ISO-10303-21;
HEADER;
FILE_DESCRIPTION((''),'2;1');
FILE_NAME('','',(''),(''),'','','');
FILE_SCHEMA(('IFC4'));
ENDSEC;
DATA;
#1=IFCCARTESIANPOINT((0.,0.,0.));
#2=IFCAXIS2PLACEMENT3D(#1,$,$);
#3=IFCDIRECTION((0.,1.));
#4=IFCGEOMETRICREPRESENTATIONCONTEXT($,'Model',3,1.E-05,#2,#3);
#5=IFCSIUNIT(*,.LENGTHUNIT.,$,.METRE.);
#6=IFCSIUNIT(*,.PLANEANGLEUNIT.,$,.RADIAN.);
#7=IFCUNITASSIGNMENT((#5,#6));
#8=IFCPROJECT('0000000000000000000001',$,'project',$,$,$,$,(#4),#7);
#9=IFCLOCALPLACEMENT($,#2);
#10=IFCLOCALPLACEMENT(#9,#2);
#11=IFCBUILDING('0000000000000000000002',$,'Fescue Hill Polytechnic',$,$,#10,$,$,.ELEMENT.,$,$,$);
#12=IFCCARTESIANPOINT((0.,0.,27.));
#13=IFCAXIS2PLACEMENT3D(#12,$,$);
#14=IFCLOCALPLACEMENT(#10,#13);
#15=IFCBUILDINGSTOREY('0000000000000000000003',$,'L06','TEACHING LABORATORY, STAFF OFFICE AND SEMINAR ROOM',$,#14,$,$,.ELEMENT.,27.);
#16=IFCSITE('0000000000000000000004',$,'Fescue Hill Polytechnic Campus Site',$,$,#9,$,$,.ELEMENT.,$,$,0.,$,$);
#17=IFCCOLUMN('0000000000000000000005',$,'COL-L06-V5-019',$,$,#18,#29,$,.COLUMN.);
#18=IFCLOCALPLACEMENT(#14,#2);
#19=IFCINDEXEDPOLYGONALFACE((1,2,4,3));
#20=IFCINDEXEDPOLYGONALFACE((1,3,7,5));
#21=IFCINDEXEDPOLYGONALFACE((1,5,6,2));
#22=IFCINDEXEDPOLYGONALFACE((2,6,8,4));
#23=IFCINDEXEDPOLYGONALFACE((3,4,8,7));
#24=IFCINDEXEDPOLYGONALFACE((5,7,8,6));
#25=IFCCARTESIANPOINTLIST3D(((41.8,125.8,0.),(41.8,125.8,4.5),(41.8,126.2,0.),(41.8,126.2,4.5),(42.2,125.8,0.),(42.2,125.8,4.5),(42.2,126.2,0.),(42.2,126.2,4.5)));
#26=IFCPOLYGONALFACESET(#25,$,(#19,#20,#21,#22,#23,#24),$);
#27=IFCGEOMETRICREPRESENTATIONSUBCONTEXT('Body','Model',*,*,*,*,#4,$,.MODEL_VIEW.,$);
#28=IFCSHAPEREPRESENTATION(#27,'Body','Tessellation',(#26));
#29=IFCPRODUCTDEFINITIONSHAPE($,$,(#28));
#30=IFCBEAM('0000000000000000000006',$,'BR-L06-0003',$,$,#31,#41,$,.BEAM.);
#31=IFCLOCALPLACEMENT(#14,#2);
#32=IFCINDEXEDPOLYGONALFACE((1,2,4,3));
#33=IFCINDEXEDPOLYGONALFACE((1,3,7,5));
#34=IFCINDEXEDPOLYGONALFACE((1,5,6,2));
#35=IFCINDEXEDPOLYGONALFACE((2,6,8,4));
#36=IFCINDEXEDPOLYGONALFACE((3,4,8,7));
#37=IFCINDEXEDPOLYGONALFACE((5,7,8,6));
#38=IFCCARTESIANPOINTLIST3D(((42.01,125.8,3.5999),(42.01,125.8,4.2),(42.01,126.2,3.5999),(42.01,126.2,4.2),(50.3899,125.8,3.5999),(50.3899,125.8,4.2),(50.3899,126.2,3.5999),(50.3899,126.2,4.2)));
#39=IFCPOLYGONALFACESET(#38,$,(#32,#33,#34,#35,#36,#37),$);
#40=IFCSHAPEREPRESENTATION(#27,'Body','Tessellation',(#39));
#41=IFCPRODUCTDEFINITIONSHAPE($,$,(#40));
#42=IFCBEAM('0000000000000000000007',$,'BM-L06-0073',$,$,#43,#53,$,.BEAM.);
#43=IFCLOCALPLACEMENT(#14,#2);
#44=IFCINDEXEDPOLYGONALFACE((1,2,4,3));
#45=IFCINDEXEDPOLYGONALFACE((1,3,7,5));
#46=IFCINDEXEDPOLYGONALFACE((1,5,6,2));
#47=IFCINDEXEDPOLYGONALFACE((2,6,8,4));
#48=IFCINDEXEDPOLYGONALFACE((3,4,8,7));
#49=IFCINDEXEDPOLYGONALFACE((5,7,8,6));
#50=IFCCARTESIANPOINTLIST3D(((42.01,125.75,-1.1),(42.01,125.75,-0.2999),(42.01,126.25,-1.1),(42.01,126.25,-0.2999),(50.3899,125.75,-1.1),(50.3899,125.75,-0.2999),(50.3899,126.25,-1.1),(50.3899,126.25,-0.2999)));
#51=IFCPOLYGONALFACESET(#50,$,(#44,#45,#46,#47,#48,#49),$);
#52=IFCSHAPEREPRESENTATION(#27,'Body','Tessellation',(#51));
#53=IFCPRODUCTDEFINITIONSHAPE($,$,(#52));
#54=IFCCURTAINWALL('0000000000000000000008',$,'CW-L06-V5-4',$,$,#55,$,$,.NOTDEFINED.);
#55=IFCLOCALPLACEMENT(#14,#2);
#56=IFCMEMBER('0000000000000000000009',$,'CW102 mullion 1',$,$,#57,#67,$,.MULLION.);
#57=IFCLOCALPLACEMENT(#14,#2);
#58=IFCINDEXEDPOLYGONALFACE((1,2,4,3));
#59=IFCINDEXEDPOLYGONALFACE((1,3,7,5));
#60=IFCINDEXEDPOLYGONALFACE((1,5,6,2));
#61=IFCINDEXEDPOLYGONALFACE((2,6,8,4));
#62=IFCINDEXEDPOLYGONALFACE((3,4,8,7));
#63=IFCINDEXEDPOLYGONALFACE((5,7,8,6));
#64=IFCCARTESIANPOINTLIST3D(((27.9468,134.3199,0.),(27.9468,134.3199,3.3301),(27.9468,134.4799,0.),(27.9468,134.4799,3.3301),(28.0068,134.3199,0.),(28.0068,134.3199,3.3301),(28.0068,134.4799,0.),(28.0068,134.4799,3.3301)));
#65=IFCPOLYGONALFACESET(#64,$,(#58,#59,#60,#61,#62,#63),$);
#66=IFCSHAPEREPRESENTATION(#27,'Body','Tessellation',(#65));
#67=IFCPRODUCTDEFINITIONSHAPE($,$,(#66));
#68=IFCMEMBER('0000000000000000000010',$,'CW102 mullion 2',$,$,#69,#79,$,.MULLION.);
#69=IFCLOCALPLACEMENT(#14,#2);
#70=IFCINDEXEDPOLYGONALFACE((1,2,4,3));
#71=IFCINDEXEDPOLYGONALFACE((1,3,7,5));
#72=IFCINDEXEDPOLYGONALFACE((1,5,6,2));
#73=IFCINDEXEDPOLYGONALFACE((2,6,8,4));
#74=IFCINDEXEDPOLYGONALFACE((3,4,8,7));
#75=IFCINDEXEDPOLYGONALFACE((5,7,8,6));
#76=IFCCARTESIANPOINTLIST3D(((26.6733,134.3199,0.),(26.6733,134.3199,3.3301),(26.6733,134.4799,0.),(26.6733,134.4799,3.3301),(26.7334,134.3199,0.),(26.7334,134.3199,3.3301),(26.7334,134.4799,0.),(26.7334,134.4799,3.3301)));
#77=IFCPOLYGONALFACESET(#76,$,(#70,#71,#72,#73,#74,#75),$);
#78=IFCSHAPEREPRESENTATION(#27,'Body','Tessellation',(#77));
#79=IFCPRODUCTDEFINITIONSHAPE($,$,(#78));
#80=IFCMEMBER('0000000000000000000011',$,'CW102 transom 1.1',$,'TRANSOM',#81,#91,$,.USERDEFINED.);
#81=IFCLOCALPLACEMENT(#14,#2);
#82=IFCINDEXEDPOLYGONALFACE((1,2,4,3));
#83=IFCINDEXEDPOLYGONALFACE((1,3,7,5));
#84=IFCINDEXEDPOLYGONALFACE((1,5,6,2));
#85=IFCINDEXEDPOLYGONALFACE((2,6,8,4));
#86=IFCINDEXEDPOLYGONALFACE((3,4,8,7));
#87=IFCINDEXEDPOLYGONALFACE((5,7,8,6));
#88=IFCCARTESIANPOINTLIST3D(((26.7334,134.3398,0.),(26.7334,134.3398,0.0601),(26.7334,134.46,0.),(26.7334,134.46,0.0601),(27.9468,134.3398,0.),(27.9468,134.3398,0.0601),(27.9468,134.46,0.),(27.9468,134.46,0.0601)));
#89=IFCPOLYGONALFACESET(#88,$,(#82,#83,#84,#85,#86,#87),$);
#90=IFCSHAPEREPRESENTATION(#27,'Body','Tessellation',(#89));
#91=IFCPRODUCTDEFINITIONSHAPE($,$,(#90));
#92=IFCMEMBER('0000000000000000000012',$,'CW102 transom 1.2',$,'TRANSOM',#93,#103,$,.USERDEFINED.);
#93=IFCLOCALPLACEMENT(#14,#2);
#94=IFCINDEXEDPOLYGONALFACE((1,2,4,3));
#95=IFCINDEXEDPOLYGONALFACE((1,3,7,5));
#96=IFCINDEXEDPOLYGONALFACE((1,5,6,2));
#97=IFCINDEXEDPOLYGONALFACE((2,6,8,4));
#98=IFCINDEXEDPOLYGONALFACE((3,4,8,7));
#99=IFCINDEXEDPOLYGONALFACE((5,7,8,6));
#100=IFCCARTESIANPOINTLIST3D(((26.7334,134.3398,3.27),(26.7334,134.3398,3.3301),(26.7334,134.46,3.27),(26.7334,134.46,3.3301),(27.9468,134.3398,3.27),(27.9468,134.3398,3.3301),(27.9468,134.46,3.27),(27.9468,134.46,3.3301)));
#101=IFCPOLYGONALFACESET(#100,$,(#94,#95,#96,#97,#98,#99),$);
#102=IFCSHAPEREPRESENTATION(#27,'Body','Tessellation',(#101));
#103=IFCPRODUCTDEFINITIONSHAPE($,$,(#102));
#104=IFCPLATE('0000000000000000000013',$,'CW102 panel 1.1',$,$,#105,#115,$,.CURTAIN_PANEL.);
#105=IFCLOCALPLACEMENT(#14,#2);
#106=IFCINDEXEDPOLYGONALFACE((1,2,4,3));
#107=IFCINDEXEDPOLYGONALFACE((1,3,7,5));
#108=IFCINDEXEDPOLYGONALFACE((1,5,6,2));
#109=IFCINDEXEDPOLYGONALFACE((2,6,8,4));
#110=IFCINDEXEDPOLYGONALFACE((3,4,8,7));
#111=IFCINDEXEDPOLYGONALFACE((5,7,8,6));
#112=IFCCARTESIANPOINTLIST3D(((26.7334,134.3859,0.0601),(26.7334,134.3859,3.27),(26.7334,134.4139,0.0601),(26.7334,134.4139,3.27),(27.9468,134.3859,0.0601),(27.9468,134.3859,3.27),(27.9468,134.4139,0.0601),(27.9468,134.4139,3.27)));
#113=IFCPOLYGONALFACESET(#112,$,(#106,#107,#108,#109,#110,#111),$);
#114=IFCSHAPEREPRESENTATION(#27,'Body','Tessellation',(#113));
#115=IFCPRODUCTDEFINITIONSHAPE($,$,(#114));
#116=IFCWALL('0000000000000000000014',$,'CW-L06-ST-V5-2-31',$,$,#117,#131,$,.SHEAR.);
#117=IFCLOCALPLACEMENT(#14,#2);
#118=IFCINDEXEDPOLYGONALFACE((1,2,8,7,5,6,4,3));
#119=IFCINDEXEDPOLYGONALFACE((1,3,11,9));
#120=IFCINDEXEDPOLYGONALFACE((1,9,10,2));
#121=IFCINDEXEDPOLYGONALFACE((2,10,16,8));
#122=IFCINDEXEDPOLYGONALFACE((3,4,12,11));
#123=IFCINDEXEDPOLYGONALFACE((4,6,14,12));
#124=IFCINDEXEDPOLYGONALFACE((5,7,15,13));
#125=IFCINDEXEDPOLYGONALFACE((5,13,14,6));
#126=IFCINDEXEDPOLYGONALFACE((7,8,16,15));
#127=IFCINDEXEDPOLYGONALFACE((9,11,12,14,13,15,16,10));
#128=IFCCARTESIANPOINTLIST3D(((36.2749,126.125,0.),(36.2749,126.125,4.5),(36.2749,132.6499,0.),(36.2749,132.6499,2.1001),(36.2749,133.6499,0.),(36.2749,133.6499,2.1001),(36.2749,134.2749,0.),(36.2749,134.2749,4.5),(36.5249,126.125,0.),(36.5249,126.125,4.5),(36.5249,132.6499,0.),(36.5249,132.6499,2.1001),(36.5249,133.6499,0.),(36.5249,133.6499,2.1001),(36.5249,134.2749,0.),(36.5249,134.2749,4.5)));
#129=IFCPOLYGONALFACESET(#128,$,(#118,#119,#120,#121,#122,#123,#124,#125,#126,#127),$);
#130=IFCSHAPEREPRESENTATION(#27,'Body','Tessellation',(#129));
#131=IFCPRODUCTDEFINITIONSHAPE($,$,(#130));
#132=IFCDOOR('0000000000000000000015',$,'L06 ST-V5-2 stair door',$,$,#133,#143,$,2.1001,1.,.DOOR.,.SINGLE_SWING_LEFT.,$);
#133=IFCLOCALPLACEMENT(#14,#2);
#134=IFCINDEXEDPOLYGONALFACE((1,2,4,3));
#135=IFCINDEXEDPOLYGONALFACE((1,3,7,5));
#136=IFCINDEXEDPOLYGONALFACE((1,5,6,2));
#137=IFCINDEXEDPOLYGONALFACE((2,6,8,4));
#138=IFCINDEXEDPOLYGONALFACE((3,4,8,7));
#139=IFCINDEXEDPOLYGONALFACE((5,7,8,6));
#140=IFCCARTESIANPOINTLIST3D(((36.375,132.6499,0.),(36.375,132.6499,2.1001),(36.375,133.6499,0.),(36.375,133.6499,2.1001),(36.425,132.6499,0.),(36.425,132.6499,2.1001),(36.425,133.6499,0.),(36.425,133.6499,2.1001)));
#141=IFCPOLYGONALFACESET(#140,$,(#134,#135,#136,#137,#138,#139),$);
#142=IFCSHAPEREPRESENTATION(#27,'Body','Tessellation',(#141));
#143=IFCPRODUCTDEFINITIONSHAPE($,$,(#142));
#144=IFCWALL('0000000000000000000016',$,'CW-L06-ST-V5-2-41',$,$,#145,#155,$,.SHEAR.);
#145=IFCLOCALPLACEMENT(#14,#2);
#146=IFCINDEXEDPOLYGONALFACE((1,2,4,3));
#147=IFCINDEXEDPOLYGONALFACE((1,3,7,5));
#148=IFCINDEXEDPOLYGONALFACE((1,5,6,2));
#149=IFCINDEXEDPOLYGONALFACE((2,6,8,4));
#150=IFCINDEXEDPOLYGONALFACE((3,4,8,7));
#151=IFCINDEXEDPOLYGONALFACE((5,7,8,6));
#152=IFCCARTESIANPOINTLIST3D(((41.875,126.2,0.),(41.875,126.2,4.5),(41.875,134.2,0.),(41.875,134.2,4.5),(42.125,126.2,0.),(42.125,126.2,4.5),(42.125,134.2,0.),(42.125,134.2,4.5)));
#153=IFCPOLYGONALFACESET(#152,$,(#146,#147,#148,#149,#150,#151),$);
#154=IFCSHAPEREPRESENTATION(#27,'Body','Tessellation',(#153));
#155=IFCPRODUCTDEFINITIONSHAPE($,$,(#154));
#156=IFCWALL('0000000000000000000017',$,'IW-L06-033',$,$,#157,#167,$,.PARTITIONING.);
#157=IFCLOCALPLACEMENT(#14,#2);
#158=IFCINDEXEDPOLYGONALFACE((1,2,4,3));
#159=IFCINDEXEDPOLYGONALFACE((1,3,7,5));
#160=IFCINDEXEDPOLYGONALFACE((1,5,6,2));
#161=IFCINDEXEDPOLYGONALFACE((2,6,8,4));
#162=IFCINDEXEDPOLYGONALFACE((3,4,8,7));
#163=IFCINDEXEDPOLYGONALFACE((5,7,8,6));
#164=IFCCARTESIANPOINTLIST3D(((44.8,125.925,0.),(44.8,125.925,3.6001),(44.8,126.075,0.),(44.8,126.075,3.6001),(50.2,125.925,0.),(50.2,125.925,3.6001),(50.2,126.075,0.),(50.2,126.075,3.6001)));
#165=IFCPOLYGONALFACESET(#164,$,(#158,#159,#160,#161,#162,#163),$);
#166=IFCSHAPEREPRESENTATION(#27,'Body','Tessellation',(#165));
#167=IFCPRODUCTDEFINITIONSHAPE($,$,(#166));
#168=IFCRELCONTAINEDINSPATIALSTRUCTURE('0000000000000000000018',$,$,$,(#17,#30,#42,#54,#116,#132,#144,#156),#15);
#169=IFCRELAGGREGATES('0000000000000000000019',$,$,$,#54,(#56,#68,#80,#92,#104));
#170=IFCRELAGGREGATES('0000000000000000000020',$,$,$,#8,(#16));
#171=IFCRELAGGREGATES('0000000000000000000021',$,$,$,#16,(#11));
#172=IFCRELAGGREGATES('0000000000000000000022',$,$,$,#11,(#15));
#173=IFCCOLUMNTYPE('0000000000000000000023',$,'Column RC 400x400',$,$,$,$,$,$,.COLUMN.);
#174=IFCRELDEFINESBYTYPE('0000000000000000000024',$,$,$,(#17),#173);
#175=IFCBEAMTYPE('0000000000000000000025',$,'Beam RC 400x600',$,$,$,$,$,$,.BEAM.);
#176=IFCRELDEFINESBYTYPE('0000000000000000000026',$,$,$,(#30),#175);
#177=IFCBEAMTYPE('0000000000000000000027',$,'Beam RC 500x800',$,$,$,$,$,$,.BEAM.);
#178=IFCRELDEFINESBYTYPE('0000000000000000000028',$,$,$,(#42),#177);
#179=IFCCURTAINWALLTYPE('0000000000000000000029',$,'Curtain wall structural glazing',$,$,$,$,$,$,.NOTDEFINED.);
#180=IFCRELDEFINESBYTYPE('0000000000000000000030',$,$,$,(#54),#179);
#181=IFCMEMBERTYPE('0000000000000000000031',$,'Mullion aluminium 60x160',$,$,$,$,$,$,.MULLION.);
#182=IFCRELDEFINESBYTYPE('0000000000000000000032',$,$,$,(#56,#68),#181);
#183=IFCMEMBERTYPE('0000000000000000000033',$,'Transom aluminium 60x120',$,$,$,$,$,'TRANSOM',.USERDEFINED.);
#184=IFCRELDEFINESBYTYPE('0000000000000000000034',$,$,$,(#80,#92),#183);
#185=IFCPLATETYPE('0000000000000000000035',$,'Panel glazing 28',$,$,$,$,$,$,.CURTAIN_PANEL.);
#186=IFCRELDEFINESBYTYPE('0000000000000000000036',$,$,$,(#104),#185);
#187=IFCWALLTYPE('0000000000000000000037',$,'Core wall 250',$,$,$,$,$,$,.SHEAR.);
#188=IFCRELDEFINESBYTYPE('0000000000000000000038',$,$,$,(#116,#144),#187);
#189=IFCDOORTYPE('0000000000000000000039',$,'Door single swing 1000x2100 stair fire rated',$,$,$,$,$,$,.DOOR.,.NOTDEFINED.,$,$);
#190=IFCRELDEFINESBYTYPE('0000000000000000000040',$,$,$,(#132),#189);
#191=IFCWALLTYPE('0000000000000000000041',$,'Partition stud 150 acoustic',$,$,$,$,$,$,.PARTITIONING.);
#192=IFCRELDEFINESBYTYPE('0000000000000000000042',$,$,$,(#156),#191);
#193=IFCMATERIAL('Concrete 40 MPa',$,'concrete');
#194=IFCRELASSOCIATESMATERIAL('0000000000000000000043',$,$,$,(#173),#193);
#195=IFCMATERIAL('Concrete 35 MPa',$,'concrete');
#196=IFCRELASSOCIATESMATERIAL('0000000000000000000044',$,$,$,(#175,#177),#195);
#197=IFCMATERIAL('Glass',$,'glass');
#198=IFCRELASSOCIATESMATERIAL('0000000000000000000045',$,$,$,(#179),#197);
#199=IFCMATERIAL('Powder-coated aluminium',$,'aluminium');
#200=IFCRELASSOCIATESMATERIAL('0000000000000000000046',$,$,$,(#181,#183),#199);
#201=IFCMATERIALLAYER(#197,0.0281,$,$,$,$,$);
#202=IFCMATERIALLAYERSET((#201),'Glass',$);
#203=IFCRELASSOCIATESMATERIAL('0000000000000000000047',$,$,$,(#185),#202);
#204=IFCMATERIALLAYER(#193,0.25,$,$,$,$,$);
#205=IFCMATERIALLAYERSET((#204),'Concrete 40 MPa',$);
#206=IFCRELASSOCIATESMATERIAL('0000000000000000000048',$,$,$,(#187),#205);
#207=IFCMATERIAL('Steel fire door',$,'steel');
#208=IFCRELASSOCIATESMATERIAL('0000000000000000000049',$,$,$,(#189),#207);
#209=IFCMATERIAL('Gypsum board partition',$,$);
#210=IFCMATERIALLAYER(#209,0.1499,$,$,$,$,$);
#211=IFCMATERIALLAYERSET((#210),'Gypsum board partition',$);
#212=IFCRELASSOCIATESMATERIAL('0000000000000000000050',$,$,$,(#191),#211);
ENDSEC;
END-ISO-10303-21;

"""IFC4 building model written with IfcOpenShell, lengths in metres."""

from ifc_helpers import new_model, si_unit, direction, frame, frame_2d, origin, origin_2d, place, context, subcontext, project, spatial, rectangle, extrude, material, layer, layer_set, material_profile, profile_set, type_object, element, fill, aggregate, save


model = new_model("IFC4")

# Units and contexts
model_context = context("Model", 3, precision=1e-05, world=origin(), true_north=direction((0.0, 1.0)))
body_context = subcontext(model_context, "Body", "Model", "MODEL_VIEW")
ifc_project = project(units=[si_unit("LENGTHUNIT", "METRE"), si_unit("PLANEANGLEUNIT", "RADIAN")], contexts=[model_context])

# Site, building, storey
site_placement = place(None, origin())
site = spatial("IfcSite", under=ifc_project, at=site_placement, Name="Fescue Hill Polytechnic Campus Site", CompositionType="ELEMENT", RefElevation=0.0)
building_placement = place(site_placement, origin())
building = spatial("IfcBuilding", under=site, at=building_placement, Name="Fescue Hill Polytechnic", CompositionType="ELEMENT")
storey_placement = place(building_placement, frame((0.0, 0.0, 27.0)))
storey = spatial("IfcBuildingStorey", under=building, at=storey_placement, Name="L06", Description="TEACHING LABORATORY, STAFF OFFICE AND SEMINAR ROOM", CompositionType="ELEMENT", Elevation=27.0)

# Column
ifc_material_1 = material(Name="Concrete 40 MPa", Category="concrete")
ifc_material_profile_1 = material_profile(ifc_material_1, rectangle(XDim=0.3999, YDim=0.3999, at=origin_2d()), Name="RC 400x400")
ifc_profile_set_1 = profile_set([ifc_material_profile_1], Name="Concrete 40 MPa")
column_type = type_object("IfcColumnType", Name="Column RC 400x400", PredefinedType="COLUMN", material=ifc_profile_set_1)
column_placement = place(storey_placement, frame((42.0, 126.0, 0.0), z_axis=(0.0, 0.0, 1.0), x_axis=(1.0, 0.0, 0.0)))
element("IfcColumn", 1, at=column_placement, inside=storey, type_object=column_type, Name="COL-L06-V5-019", PredefinedType="COLUMN", context=body_context, shape_type="SweptSolid", body=[
    extrude(rectangle(XDim=0.3999, YDim=0.3999, at=origin_2d()), origin(), (0.0, 0.0, 1.0), 4.5),
])

# Beams
ifc_material_2 = material(Name="Concrete 35 MPa", Category="concrete")
ifc_material_profile_2 = material_profile(ifc_material_2, rectangle(XDim=0.3999, YDim=0.6001, at=origin_2d()), Name="RC 400x600")
ifc_profile_set_2 = profile_set([ifc_material_profile_2], Name="Concrete 35 MPa")
beam_type_1 = type_object("IfcBeamType", Name="Beam RC 400x600", PredefinedType="BEAM", material=ifc_profile_set_2)
beam_1_placement = place(storey_placement, frame((42.01, 126.0, 3.8999), z_axis=(1.0, 0.0, 0.0), x_axis=(0.0, 1.0, 0.0)))
element("IfcBeam", 2, at=beam_1_placement, inside=storey, type_object=beam_type_1, Name="BR-L06-0003", PredefinedType="BEAM", context=body_context, shape_type="SweptSolid", body=[
    extrude(rectangle(XDim=0.3999, YDim=0.6001, at=origin_2d()), origin(), (0.0, 0.0, 1.0), 8.3799),
])
ifc_material_profile_3 = material_profile(ifc_material_2, rectangle(XDim=0.5, YDim=0.8, at=origin_2d()), Name="RC 500x800")
ifc_profile_set_3 = profile_set([ifc_material_profile_3], Name="Concrete 35 MPa")
beam_type_2 = type_object("IfcBeamType", Name="Beam RC 500x800", PredefinedType="BEAM", material=ifc_profile_set_3)
beam_2_placement = place(storey_placement, frame((42.01, 126.0, -0.7), z_axis=(1.0, 0.0, 0.0), x_axis=(0.0, 1.0, 0.0)))
element("IfcBeam", 3, at=beam_2_placement, inside=storey, type_object=beam_type_2, Name="BM-L06-0073", PredefinedType="BEAM", context=body_context, shape_type="SweptSolid", body=[
    extrude(rectangle(XDim=0.5, YDim=0.8, at=origin_2d()), origin(), (0.0, 0.0, 1.0), 8.3799),
])

# Curtain wall, members, plate
ifc_material_3 = material(Name="Glass", Category="glass")
curtain_wall_type = type_object("IfcCurtainWallType", Name="Curtain wall structural glazing", PredefinedType="NOTDEFINED", material=ifc_material_3)
curtain_wall_placement = place(storey_placement, origin())
curtain_wall = element("IfcCurtainWall", 4, at=curtain_wall_placement, inside=storey, type_object=curtain_wall_type, Name="CW-L06-V5-4", PredefinedType="NOTDEFINED")
ifc_material_4 = material(Name="Powder-coated aluminium", Category="aluminium")
ifc_material_profile_4 = material_profile(ifc_material_4, rectangle(XDim=0.1599, YDim=0.0601, at=origin_2d()), Name="Mullion aluminium 60x160")
ifc_profile_set_4 = profile_set([ifc_material_profile_4], Name="Powder-coated aluminium")
member_type_1 = type_object("IfcMemberType", Name="Mullion aluminium 60x160", PredefinedType="MULLION", material=ifc_profile_set_4)
member_1_placement = place(storey_placement, frame((27.9768, 134.3999, 0.0), z_axis=(0.0, 0.0, 1.0), x_axis=(0.0, -1.0, 0.0)))
member_1 = element("IfcMember", 5, at=member_1_placement, type_object=member_type_1, Name="CW102 mullion 1", PredefinedType="MULLION", context=body_context, shape_type="SweptSolid", body=[
    extrude(rectangle(XDim=0.1599, YDim=0.0601, at=origin_2d()), origin(), (0.0, 0.0, 1.0), 3.3301),
])
member_2_placement = place(storey_placement, frame((26.7034, 134.3999, 0.0), z_axis=(0.0, 0.0, 1.0), x_axis=(0.0, -1.0, 0.0)))
member_2 = element("IfcMember", 6, at=member_2_placement, type_object=member_type_1, Name="CW102 mullion 2", PredefinedType="MULLION", context=body_context, shape_type="SweptSolid", body=[
    extrude(rectangle(XDim=0.1599, YDim=0.0601, at=origin_2d()), origin(), (0.0, 0.0, 1.0), 3.3301),
])
ifc_material_profile_5 = material_profile(ifc_material_4, rectangle(XDim=0.1201, YDim=0.0601, at=origin_2d()), Name="Transom aluminium 60x120")
ifc_profile_set_5 = profile_set([ifc_material_profile_5], Name="Powder-coated aluminium")
member_type_2 = type_object("IfcMemberType", Name="Transom aluminium 60x120", ElementType="TRANSOM", PredefinedType="USERDEFINED", material=ifc_profile_set_5)
member_3_placement = place(storey_placement, frame((27.9468, 134.3999, 0.03), z_axis=(-1.0, 0.0, 0.0), x_axis=(0.0, -1.0, 0.0)))
member_3 = element("IfcMember", 7, at=member_3_placement, type_object=member_type_2, Name="CW102 transom 1.1", ObjectType="TRANSOM", PredefinedType="USERDEFINED", context=body_context, shape_type="SweptSolid", body=[
    extrude(rectangle(XDim=0.1201, YDim=0.0601, at=origin_2d()), origin(), (0.0, 0.0, 1.0), 1.2134),
])
member_4_placement = place(storey_placement, frame((27.9468, 134.3999, 3.3), z_axis=(-1.0, 0.0, 0.0), x_axis=(0.0, -1.0, 0.0)))
member_4 = element("IfcMember", 8, at=member_4_placement, type_object=member_type_2, Name="CW102 transom 1.2", ObjectType="TRANSOM", PredefinedType="USERDEFINED", context=body_context, shape_type="SweptSolid", body=[
    extrude(rectangle(XDim=0.1201, YDim=0.0601, at=origin_2d()), origin(), (0.0, 0.0, 1.0), 1.2134),
])
ifc_layer_1 = layer(ifc_material_3, 0.0281)
ifc_layer_set_1 = layer_set([ifc_layer_1], Name="Glass")
plate_type = type_object("IfcPlateType", Name="Panel glazing 28", PredefinedType="CURTAIN_PANEL", material=ifc_layer_set_1)
plate_placement = place(storey_placement, frame((27.3401, 134.3999, 0.0601), z_axis=(0.0, 0.0, 1.0), x_axis=(-1.0, 0.0, 0.0)))
plate = element("IfcPlate", 9, at=plate_placement, type_object=plate_type, Name="CW102 panel 1.1", PredefinedType="CURTAIN_PANEL", context=body_context, shape_type="SweptSolid", body=[
    extrude(rectangle(XDim=1.2134, YDim=0.0281, at=origin_2d()), origin(), (0.0, 0.0, 1.0), 3.21),
])
aggregate(curtain_wall, [member_1, member_2, member_3, member_4, plate])

# Wall, opening, door
ifc_layer_2 = layer(ifc_material_1, 0.25)
ifc_layer_set_2 = layer_set([ifc_layer_2], Name="Concrete 40 MPa")
wall_type_1 = type_object("IfcWallType", Name="Core wall 250", PredefinedType="SHEAR", material=ifc_layer_set_2)
wall_1_placement = place(storey_placement, frame((36.3999, 126.125, 0.0), z_axis=(0.0, 0.0, 1.0), x_axis=(0.0, 1.0, 0.0)))
wall_1 = element("IfcWall", 10, at=wall_1_placement, inside=storey, type_object=wall_type_1, Name="CW-L06-ST-V5-2-31", PredefinedType="SHEAR", context=body_context, shape_type="SweptSolid", body=[
    extrude(rectangle(XDim=8.1499, YDim=0.25, at=frame_2d((4.075, 0.0))), origin(), (0.0, 0.0, 1.0), 4.5),
])
opening_placement = place(wall_1_placement, frame((6.5249, 0.0, 0.0)))
opening = element("IfcOpeningElement", 11, at=opening_placement, cuts=wall_1, PredefinedType="OPENING", context=body_context, shape_type="SweptSolid", body=[
    extrude(rectangle(XDim=1.0, YDim=2.1001, at=frame_2d((0.5, 1.05))), frame((0.0, 0.135, 0.0), z_axis=(0.0, -1.0, 0.0), x_axis=(1.0, 0.0, 0.0)), (0.0, 0.0, 1.0), 0.27),
])
ifc_material_5 = material(Name="Steel fire door", Category="steel")
door_type = type_object("IfcDoorType", Name="Door single swing 1000x2100 stair fire rated", OperationType="NOTDEFINED", PredefinedType="DOOR", material=ifc_material_5)
door_placement = place(opening_placement, origin())
door = element("IfcDoor", 12, at=door_placement, inside=storey, type_object=door_type, Name="L06 ST-V5-2 stair door", OperationType="SINGLE_SWING_LEFT", OverallHeight=2.1001, OverallWidth=1.0, PredefinedType="DOOR", context=body_context, shape_type="SweptSolid", body=[
    extrude(rectangle(XDim=1.0, YDim=2.1001, at=frame_2d((0.5, 1.05))), frame((0.0, 0.0249, 0.0), z_axis=(0.0, -1.0, 0.0), x_axis=(1.0, 0.0, 0.0)), (0.0, 0.0, 1.0), 0.05),
])
fill(opening, door)

# Walls
wall_2_placement = place(storey_placement, frame((42.0, 126.2, 0.0), z_axis=(0.0, 0.0, 1.0), x_axis=(0.0, 1.0, 0.0)))
element("IfcWall", 13, at=wall_2_placement, inside=storey, type_object=wall_type_1, Name="CW-L06-ST-V5-2-41", PredefinedType="SHEAR", context=body_context, shape_type="SweptSolid", body=[
    extrude(rectangle(XDim=8.0, YDim=0.25, at=frame_2d((4.0, 0.0))), origin(), (0.0, 0.0, 1.0), 4.5),
])
ifc_material_6 = material(Name="Gypsum board partition")
ifc_layer_3 = layer(ifc_material_6, 0.1499)
ifc_layer_set_3 = layer_set([ifc_layer_3], Name="Gypsum board partition")
wall_type_2 = type_object("IfcWallType", Name="Partition stud 150 acoustic", PredefinedType="PARTITIONING", material=ifc_layer_set_3)
wall_3_placement = place(storey_placement, frame((44.8, 126.0, 0.0), z_axis=(0.0, 0.0, 1.0), x_axis=(1.0, 0.0, 0.0)))
element("IfcWall", 14, at=wall_3_placement, inside=storey, type_object=wall_type_2, Name="IW-L06-033", PredefinedType="PARTITIONING", context=body_context, shape_type="SweptSolid", body=[
    extrude(rectangle(XDim=5.3999, YDim=0.1499, at=frame_2d((2.7, 0.0))), origin(), (0.0, 0.0, 1.0), 3.6001),
])

save(model, "model.ifc")
